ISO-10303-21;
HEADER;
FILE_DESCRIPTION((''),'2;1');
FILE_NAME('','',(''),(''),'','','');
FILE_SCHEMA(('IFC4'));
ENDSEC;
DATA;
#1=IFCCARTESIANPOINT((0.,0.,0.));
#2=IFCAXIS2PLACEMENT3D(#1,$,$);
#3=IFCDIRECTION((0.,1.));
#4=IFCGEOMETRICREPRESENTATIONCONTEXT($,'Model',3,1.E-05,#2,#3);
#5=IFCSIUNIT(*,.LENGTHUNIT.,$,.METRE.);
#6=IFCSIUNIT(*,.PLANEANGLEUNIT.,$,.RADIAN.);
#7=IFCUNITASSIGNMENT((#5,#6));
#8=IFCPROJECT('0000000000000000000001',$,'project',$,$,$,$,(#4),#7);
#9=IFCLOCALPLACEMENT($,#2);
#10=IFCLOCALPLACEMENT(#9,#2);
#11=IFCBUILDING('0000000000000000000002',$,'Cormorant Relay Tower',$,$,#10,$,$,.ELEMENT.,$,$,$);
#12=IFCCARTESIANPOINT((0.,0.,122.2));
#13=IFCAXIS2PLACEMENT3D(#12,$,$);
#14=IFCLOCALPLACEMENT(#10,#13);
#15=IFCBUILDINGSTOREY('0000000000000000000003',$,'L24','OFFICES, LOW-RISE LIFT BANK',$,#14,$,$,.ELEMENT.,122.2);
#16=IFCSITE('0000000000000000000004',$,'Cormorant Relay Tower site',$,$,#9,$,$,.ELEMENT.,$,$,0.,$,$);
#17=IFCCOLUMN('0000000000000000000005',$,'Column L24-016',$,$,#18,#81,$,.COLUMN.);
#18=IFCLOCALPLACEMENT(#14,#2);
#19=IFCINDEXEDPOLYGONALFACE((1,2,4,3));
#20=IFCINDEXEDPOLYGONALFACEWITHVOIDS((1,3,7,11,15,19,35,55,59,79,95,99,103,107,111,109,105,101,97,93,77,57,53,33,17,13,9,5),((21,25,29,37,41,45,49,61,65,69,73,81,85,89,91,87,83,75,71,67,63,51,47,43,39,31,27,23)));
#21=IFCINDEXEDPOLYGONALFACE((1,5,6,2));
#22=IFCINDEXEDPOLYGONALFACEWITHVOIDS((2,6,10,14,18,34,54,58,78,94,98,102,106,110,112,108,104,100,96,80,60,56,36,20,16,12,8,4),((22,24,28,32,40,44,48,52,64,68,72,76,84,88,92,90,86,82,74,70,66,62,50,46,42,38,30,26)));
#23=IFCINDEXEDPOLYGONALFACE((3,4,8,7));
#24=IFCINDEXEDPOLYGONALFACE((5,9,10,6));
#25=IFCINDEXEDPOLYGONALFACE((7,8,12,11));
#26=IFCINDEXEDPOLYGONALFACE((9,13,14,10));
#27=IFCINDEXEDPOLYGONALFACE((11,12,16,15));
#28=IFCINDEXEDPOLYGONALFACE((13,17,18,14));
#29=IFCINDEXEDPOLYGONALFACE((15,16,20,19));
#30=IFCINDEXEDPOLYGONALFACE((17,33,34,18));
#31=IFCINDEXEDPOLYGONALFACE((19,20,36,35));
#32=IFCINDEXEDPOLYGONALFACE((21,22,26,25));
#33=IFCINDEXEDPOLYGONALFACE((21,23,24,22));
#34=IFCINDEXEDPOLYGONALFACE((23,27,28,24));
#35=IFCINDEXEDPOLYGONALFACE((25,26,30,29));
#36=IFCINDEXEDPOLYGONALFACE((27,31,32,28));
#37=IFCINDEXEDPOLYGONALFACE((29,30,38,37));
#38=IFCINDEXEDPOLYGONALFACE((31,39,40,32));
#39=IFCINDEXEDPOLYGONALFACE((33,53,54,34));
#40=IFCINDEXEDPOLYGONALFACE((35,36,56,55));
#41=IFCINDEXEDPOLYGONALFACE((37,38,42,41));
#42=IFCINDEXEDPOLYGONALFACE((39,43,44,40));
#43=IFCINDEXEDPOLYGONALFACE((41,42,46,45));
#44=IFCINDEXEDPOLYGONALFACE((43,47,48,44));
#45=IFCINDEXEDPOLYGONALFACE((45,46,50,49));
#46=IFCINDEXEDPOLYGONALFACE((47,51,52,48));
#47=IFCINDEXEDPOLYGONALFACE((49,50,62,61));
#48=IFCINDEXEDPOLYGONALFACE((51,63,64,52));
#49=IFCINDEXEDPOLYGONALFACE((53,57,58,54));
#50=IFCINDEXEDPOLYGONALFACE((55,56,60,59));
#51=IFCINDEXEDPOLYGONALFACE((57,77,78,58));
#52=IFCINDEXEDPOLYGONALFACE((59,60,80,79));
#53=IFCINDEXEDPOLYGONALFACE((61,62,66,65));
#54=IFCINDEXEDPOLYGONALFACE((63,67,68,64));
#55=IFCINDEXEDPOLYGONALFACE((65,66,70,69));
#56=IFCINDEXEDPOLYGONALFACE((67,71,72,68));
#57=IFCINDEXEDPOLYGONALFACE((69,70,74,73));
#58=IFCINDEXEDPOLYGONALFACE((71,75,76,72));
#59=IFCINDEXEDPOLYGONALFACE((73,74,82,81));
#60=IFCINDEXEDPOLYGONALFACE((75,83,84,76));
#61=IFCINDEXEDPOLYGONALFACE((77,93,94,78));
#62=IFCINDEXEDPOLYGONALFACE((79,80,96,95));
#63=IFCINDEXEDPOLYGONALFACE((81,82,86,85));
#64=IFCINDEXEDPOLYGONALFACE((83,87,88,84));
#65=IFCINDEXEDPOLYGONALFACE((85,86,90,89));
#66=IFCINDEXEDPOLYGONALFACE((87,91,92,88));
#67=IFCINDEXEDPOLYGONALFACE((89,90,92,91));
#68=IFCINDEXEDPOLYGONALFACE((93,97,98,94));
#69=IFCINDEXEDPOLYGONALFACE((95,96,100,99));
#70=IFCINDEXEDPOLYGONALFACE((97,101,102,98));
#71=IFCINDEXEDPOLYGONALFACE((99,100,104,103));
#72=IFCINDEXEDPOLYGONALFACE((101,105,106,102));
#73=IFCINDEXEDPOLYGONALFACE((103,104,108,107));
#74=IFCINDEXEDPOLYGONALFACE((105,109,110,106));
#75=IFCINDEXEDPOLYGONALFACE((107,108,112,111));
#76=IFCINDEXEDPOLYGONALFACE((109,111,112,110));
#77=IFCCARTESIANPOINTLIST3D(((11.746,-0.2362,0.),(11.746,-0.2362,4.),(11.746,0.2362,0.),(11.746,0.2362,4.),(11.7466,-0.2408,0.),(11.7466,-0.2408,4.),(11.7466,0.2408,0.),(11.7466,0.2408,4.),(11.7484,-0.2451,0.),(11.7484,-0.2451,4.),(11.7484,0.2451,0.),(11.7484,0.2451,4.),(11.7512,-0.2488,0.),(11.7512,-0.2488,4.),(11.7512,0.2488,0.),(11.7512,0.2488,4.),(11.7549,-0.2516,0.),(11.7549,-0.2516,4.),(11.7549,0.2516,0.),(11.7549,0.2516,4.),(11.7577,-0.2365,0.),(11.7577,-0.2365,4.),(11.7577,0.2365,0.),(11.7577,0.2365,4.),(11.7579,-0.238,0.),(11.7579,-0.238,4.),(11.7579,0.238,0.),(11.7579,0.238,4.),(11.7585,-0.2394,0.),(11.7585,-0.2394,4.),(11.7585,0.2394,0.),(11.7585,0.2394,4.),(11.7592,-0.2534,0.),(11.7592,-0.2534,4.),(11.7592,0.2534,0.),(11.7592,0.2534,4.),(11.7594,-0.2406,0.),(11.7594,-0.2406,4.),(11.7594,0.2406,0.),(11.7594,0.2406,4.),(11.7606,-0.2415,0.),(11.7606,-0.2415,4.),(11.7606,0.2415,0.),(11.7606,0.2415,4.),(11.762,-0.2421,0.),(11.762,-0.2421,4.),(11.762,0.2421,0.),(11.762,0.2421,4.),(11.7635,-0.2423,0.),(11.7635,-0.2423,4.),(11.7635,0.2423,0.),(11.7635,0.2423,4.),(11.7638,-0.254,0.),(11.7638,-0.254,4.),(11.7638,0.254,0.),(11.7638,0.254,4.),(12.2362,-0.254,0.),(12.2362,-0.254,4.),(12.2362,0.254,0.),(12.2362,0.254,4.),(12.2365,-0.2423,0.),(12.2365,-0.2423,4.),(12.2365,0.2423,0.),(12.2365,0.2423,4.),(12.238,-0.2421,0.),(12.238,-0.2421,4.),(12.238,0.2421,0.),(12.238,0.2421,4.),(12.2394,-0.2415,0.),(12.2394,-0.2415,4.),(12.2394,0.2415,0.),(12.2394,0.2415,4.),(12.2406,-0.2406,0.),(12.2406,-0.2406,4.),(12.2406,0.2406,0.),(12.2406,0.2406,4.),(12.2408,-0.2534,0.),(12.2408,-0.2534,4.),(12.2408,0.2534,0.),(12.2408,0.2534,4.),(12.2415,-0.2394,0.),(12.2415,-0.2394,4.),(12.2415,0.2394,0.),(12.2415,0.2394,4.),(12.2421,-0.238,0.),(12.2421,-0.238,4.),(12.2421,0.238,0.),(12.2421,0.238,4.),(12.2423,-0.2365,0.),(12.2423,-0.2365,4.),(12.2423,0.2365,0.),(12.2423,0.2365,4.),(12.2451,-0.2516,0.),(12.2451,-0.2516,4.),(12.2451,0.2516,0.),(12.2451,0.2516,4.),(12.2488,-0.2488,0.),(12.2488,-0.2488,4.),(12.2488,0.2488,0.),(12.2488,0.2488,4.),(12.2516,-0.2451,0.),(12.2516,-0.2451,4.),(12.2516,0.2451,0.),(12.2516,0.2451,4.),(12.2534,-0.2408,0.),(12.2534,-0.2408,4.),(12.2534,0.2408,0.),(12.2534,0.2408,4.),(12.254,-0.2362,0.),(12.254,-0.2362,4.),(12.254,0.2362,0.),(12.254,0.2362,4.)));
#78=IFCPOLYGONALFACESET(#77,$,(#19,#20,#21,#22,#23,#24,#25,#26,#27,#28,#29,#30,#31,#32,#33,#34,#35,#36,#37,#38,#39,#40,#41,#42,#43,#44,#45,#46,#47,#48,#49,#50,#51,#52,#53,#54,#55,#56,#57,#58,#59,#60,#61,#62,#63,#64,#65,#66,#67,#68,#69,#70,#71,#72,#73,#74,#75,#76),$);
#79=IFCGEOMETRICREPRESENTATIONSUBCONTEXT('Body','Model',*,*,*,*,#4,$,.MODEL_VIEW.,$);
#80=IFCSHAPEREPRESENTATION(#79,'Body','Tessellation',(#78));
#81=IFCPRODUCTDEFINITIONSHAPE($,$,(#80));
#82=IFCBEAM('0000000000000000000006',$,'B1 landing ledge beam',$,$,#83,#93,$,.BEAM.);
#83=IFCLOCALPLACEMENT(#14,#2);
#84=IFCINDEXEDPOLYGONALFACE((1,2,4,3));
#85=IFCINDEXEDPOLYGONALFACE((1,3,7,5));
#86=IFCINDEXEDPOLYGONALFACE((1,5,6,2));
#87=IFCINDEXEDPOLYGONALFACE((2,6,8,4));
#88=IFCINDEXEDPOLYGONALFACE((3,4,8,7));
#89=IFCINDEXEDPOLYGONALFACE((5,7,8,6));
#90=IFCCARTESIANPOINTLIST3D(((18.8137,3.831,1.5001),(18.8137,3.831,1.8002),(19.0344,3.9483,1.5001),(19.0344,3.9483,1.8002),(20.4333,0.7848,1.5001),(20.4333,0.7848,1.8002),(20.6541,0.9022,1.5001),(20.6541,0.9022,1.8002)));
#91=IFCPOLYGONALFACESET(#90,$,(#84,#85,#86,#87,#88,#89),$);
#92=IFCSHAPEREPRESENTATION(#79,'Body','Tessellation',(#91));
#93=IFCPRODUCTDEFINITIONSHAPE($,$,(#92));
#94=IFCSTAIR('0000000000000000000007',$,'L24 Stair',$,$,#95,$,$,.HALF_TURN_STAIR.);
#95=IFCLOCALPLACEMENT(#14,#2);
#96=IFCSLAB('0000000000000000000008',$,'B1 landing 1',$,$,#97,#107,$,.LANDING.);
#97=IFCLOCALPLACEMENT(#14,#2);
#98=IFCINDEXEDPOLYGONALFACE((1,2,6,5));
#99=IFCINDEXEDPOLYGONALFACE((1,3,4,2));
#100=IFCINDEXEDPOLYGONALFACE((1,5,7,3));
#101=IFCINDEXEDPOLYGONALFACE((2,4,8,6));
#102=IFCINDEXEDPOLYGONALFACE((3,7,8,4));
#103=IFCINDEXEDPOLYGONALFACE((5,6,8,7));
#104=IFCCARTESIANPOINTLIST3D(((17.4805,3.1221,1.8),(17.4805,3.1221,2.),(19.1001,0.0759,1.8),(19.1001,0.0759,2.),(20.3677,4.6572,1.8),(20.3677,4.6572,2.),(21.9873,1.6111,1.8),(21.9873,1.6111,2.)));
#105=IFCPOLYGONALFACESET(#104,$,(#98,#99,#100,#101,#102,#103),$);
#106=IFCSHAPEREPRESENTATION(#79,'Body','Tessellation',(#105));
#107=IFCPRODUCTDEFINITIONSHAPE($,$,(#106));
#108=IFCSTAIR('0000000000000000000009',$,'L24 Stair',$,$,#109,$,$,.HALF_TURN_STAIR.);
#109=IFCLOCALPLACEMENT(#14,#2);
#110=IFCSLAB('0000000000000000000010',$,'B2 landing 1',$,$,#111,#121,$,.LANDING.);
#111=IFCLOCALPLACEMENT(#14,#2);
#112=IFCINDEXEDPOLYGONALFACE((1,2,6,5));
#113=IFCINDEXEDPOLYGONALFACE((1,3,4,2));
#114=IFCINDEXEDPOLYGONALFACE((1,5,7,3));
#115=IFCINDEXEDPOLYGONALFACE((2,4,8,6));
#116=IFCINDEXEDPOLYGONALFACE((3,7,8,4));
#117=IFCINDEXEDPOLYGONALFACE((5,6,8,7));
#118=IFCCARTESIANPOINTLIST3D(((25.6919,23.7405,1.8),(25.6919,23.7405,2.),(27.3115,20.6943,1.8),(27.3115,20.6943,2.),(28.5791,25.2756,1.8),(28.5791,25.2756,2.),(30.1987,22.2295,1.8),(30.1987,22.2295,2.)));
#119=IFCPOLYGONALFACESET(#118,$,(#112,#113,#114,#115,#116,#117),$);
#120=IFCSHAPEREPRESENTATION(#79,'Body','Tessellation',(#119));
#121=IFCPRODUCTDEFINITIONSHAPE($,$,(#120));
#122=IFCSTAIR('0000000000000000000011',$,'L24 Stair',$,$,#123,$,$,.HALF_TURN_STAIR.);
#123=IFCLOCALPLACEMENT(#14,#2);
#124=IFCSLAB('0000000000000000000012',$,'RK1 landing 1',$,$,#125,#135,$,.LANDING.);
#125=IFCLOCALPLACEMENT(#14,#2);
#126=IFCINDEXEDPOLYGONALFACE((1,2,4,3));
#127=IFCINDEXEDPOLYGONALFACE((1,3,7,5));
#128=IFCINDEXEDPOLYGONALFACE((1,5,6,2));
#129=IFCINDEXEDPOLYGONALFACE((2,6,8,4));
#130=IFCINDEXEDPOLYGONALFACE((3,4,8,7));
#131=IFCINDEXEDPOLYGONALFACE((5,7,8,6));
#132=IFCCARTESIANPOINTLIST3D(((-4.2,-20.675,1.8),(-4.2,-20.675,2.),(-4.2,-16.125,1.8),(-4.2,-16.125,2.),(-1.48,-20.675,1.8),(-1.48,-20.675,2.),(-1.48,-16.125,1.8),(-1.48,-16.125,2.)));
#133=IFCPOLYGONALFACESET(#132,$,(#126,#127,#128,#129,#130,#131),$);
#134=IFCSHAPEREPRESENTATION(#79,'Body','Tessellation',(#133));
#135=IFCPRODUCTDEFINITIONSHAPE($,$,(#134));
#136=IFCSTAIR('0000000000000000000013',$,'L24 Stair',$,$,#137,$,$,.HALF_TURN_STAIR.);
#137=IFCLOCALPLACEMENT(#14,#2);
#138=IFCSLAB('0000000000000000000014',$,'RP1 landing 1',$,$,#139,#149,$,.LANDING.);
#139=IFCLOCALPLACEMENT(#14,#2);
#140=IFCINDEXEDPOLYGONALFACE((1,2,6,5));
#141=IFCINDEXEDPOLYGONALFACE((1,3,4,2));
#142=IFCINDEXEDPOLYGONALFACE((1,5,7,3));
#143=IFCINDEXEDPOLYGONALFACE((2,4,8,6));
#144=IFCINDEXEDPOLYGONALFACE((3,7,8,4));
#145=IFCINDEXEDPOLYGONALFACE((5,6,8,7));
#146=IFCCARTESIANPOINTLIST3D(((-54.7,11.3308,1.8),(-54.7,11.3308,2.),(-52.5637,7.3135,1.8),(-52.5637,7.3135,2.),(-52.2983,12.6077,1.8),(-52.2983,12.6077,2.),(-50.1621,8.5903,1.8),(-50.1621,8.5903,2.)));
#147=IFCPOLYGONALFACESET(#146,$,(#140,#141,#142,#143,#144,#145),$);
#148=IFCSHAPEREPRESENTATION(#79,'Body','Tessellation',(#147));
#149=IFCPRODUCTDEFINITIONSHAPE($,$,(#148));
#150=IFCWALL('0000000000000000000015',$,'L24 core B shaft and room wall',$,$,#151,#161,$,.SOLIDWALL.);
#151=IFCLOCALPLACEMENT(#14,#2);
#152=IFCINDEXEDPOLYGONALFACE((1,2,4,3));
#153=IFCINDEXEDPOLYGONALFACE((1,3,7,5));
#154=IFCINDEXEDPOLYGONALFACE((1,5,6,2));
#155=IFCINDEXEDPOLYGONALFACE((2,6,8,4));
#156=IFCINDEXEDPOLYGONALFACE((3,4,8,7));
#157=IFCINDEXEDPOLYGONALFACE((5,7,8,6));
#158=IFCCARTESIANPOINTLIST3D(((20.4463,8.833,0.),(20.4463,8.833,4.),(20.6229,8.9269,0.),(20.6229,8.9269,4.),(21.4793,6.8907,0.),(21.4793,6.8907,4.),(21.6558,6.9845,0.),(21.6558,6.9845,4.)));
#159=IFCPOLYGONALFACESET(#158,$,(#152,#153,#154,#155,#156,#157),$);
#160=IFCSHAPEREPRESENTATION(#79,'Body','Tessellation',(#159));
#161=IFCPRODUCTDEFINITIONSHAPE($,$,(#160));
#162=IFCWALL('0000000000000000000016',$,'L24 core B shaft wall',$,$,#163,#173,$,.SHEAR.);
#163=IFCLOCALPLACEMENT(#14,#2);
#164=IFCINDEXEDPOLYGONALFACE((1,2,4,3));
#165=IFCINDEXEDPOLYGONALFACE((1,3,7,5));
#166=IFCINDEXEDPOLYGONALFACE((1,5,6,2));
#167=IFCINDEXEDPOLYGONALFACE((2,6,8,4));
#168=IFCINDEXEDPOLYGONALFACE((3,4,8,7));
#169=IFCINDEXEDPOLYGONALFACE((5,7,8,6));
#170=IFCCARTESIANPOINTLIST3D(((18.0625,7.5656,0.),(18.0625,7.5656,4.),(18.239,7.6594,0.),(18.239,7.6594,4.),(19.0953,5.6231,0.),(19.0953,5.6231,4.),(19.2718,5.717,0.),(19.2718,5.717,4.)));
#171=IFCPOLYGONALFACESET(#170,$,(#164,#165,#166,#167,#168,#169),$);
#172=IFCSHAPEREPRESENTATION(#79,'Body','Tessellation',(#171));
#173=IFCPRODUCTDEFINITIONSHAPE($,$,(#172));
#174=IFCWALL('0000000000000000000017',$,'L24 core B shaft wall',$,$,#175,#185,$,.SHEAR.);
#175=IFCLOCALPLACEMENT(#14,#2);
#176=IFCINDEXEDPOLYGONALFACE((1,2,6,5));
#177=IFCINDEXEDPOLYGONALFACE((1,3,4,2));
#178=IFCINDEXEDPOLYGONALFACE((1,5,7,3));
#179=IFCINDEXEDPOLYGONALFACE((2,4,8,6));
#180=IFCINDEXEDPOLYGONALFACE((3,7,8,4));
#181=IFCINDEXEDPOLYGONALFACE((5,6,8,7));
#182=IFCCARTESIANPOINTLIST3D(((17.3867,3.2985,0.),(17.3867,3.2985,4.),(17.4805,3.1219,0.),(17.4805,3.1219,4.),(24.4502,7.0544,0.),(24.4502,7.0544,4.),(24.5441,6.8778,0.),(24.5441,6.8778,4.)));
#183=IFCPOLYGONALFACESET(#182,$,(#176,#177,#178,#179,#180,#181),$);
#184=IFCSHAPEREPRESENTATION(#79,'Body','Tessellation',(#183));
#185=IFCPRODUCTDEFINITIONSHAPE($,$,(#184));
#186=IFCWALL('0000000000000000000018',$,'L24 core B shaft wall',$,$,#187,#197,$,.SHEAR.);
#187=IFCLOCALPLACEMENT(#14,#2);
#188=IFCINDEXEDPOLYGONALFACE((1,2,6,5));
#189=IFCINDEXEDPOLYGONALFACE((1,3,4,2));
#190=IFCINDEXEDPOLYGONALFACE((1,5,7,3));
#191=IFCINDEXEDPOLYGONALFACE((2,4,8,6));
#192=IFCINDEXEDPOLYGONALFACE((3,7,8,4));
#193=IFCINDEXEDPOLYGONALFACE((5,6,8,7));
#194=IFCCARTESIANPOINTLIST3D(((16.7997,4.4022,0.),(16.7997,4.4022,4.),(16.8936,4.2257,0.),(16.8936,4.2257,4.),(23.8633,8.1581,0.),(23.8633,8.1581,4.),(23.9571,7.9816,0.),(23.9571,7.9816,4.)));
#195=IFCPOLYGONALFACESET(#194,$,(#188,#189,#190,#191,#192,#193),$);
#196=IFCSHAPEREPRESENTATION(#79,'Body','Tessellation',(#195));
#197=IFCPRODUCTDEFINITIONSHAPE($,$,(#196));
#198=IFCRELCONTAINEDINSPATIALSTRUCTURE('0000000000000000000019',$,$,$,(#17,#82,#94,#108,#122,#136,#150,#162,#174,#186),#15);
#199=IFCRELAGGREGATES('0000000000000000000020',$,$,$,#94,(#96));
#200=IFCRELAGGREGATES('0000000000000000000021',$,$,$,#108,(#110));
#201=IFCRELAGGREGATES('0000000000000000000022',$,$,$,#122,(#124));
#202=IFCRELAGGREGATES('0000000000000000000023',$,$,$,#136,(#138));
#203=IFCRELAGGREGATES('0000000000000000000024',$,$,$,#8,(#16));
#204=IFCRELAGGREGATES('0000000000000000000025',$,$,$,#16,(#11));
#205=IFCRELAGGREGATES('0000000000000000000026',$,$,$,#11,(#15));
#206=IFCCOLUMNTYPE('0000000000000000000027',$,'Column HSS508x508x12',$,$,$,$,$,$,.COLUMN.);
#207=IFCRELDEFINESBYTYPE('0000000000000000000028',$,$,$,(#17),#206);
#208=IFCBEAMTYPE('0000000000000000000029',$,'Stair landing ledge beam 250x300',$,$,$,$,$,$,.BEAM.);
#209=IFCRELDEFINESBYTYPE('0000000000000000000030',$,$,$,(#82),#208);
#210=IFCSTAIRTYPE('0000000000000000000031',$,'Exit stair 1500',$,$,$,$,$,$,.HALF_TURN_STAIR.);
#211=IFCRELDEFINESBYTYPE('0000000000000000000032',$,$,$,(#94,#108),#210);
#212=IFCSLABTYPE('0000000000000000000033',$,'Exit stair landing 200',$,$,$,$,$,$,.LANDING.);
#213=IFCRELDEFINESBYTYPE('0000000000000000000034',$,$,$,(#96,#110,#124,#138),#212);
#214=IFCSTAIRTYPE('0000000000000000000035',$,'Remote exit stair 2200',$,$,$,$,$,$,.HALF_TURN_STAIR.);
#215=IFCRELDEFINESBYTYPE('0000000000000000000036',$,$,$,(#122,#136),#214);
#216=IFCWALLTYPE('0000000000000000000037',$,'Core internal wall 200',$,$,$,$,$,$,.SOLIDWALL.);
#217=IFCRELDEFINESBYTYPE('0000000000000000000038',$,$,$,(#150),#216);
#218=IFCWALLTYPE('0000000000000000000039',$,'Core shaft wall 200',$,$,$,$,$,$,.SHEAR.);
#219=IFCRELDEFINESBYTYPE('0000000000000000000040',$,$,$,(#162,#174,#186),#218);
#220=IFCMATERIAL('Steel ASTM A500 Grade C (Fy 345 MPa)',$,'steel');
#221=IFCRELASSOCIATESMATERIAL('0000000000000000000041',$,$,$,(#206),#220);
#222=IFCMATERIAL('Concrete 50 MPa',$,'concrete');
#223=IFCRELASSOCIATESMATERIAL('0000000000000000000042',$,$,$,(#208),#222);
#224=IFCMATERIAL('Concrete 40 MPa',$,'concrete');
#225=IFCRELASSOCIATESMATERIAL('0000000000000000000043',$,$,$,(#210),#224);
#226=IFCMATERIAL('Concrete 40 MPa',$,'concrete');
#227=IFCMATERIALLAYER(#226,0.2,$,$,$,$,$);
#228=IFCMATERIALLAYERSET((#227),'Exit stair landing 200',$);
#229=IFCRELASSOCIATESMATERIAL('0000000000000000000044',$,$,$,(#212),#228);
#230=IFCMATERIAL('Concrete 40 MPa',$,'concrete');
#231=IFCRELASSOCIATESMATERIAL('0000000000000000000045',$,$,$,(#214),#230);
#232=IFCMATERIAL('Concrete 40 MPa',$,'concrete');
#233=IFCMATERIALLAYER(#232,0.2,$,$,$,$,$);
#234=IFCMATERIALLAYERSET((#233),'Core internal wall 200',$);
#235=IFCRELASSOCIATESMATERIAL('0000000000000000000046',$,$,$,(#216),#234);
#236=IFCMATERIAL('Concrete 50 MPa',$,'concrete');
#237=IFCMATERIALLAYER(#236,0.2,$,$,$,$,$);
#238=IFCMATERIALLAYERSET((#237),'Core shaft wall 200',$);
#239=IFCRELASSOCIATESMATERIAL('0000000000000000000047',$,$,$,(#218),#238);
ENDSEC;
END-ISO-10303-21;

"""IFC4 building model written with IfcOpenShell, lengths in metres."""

from ifc_helpers import new_model, si_unit, direction, frame, frame_2d, origin, origin_2d, place, context, subcontext, project, spatial, polyline, rectangle, hollow_rectangle, outline, extrude, material, layer, layer_set, material_profile, profile_set, type_object, element, aggregate, save


model = new_model("IFC4")

# Units and contexts
model_context = context("Model", 3, precision=1e-05, world=origin(), true_north=direction((0.0, 1.0)))
body_context = subcontext(model_context, "Body", "Model", "MODEL_VIEW")
ifc_project = project(units=[si_unit("LENGTHUNIT", "METRE"), si_unit("PLANEANGLEUNIT", "RADIAN")], contexts=[model_context])

# Site, building, storey
site_placement = place(None, origin())
site = spatial("IfcSite", under=ifc_project, at=site_placement, Name="Cormorant Relay Tower site", CompositionType="ELEMENT", RefElevation=0.0)
building_placement = place(site_placement, origin())
building = spatial("IfcBuilding", under=site, at=building_placement, Name="Cormorant Relay Tower", CompositionType="ELEMENT")
storey_placement = place(building_placement, frame((0.0, 0.0, 122.2)))
storey = spatial("IfcBuildingStorey", under=building, at=storey_placement, Name="L24", Description="OFFICES, LOW-RISE LIFT BANK", CompositionType="ELEMENT", Elevation=122.2)

# Column
ifc_material_1 = material(Name="Steel ASTM A500 Grade C (Fy 345 MPa)", Category="steel")
ifc_material_profile_1 = material_profile(ifc_material_1, hollow_rectangle(XDim=0.5081, YDim=0.5081, WallThickness=0.0117, InnerFilletRadius=0.0059, OuterFilletRadius=0.0178, at=origin_2d()), Name="HSS508x508x12")
ifc_profile_set_1 = profile_set([ifc_material_profile_1], Name="Steel ASTM A500 Grade C (Fy 345 MPa)")
column_type = type_object("IfcColumnType", Name="Column HSS508x508x12", PredefinedType="COLUMN", material=ifc_profile_set_1)
column_placement = place(storey_placement, frame((12.0, 0.0, 0.0), z_axis=(0.0, 0.0, 1.0), x_axis=(1.0, 0.0, 0.0)))
element("IfcColumn", 1, at=column_placement, inside=storey, type_object=column_type, Name="Column L24-016", PredefinedType="COLUMN", context=body_context, shape_type="SweptSolid", body=[
    extrude(hollow_rectangle(XDim=0.5081, YDim=0.5081, WallThickness=0.0117, InnerFilletRadius=0.0059, OuterFilletRadius=0.0178, at=origin_2d()), origin(), (0.0, 0.0, 1.0), 4.0),
])

# Beam
ifc_material_2 = material(Name="Concrete 50 MPa", Category="concrete")
ifc_material_profile_2 = material_profile(ifc_material_2, rectangle(XDim=0.25, YDim=0.3, at=origin_2d()), Name="RC 250x300")
ifc_profile_set_2 = profile_set([ifc_material_profile_2], Name="Concrete 50 MPa")
beam_type = type_object("IfcBeamType", Name="Stair landing ledge beam 250x300", PredefinedType="BEAM", material=ifc_profile_set_2)
beam_placement = place(storey_placement, frame((18.9241, 3.8896, 1.6501), z_axis=(0.469464, -0.882952, 0.0), x_axis=(0.882952, 0.469464, 0.0)))
element("IfcBeam", 2, at=beam_placement, inside=storey, type_object=beam_type, Name="B1 landing ledge beam", PredefinedType="BEAM", context=body_context, shape_type="SweptSolid", body=[
    extrude(rectangle(XDim=0.25, YDim=0.3, at=origin_2d()), origin(), (0.0, 0.0, 1.0), 3.45),
])

# Stairs, slabs
ifc_material_3 = material(Name="Concrete 40 MPa", Category="concrete")
stair_type_1 = type_object("IfcStairType", Name="Exit stair 1500", PredefinedType="HALF_TURN_STAIR", material=ifc_material_3)
stair_1_placement = place(storey_placement, origin())
stair_1 = element("IfcStair", 3, at=stair_1_placement, inside=storey, type_object=stair_type_1, Name="L24 Stair", PredefinedType="HALF_TURN_STAIR")
ifc_material_4 = material(Name="Concrete 40 MPa", Category="concrete")
ifc_layer_1 = layer(ifc_material_4, 0.2)
ifc_layer_set_1 = layer_set([ifc_layer_1], Name="Exit stair landing 200")
slab_type = type_object("IfcSlabType", Name="Exit stair landing 200", PredefinedType="LANDING", material=ifc_layer_set_1)
slab_1_placement = place(storey_placement, frame((0.0, 0.0, 1.8)))
slab_1 = element("IfcSlab", 4, at=slab_1_placement, type_object=slab_type, Name="B1 landing 1", PredefinedType="LANDING", context=body_context, shape_type="SweptSolid", body=[
    extrude(outline(polyline([(20.3677, 4.6572), (17.4805, 3.1221), (19.1001, 0.0759), (21.9873, 1.6111), (20.3677, 4.6572)])), origin(), (0.0, 0.0, 1.0), 0.2),
])
aggregate(stair_1, [slab_1])
stair_2_placement = place(storey_placement, origin())
stair_2 = element("IfcStair", 5, at=stair_2_placement, inside=storey, type_object=stair_type_1, Name="L24 Stair", PredefinedType="HALF_TURN_STAIR")
slab_2_placement = place(storey_placement, frame((0.0, 0.0, 1.8)))
slab_2 = element("IfcSlab", 6, at=slab_2_placement, type_object=slab_type, Name="B2 landing 1", PredefinedType="LANDING", context=body_context, shape_type="SweptSolid", body=[
    extrude(outline(polyline([(27.3115, 20.6943), (30.1987, 22.2295), (28.5791, 25.2756), (25.6919, 23.7405), (27.3115, 20.6943)])), origin(), (0.0, 0.0, 1.0), 0.2),
])
aggregate(stair_2, [slab_2])
ifc_material_5 = material(Name="Concrete 40 MPa", Category="concrete")
stair_type_2 = type_object("IfcStairType", Name="Remote exit stair 2200", PredefinedType="HALF_TURN_STAIR", material=ifc_material_5)
stair_3_placement = place(storey_placement, origin())
stair_3 = element("IfcStair", 7, at=stair_3_placement, inside=storey, type_object=stair_type_2, Name="L24 Stair", PredefinedType="HALF_TURN_STAIR")
slab_3_placement = place(storey_placement, frame((0.0, 0.0, 1.8)))
slab_3 = element("IfcSlab", 8, at=slab_3_placement, type_object=slab_type, Name="RK1 landing 1", PredefinedType="LANDING", context=body_context, shape_type="SweptSolid", body=[
    extrude(outline(polyline([(-1.48, -16.125), (-4.2, -16.125), (-4.2, -20.675), (-1.48, -20.675), (-1.48, -16.125)])), origin(), (0.0, 0.0, 1.0), 0.2),
])
aggregate(stair_3, [slab_3])
stair_4_placement = place(storey_placement, origin())
stair_4 = element("IfcStair", 9, at=stair_4_placement, inside=storey, type_object=stair_type_2, Name="L24 Stair", PredefinedType="HALF_TURN_STAIR")
slab_4_placement = place(storey_placement, frame((0.0, 0.0, 1.8)))
slab_4 = element("IfcSlab", 10, at=slab_4_placement, type_object=slab_type, Name="RP1 landing 1", PredefinedType="LANDING", context=body_context, shape_type="SweptSolid", body=[
    extrude(outline(polyline([(-52.2983, 12.6077), (-54.7, 11.3308), (-52.5637, 7.3135), (-50.1621, 8.5903), (-52.2983, 12.6077)])), origin(), (0.0, 0.0, 1.0), 0.2),
])
aggregate(stair_4, [slab_4])

# Walls
ifc_material_6 = material(Name="Concrete 40 MPa", Category="concrete")
ifc_layer_2 = layer(ifc_material_6, 0.2)
ifc_layer_set_2 = layer_set([ifc_layer_2], Name="Core internal wall 200")
wall_type_1 = type_object("IfcWallType", Name="Core internal wall 200", PredefinedType="SOLIDWALL", material=ifc_layer_set_2)
wall_1_placement = place(storey_placement, frame((21.5676, 6.9375, 0.0), z_axis=(0.0, 0.0, 1.0), x_axis=(-0.469534, 0.882914, 0.0)))
element("IfcWall", 11, at=wall_1_placement, inside=storey, type_object=wall_type_1, Name="L24 core B shaft and room wall", PredefinedType="SOLIDWALL", context=body_context, shape_type="SweptSolid", body=[
    extrude(rectangle(XDim=2.2, YDim=0.2, at=frame_2d((1.1001, 0.0))), origin(), (0.0, 0.0, 1.0), 4.0),
])
ifc_material_7 = material(Name="Concrete 50 MPa", Category="concrete")
ifc_layer_3 = layer(ifc_material_7, 0.2)
ifc_layer_set_3 = layer_set([ifc_layer_3], Name="Core shaft wall 200")
wall_type_2 = type_object("IfcWallType", Name="Core shaft wall 200", PredefinedType="SHEAR", material=ifc_layer_set_3)
wall_2_placement = place(storey_placement, frame((19.1836, 5.6699, 0.0), z_axis=(0.0, 0.0, 1.0), x_axis=(-0.469447, 0.88296, 0.0)))
element("IfcWall", 12, at=wall_2_placement, inside=storey, type_object=wall_type_2, Name="L24 core B shaft wall", PredefinedType="SHEAR", context=body_context, shape_type="SweptSolid", body=[
    extrude(rectangle(XDim=2.2, YDim=0.2, at=frame_2d((1.1001, 0.0))), origin(), (0.0, 0.0, 1.0), 4.0),
])
for number, where, z_axis, x_axis, name in (
    (13, (17.4336, 3.2102, 0.0), (0.0, 0.0, 1.0), (0.88294, 0.469485, 0.0), "L24 core B shaft wall"),
    (14, (16.8467, 4.314, 0.0), (0.0, 0.0, 1.0), (0.88294, 0.469485, 0.0), "L24 core B shaft wall"),
):
    element("IfcWall", number, at=place(storey_placement, frame(where, z_axis=z_axis, x_axis=x_axis)), inside=storey, type_object=wall_type_2, Name=name, PredefinedType="SHEAR", context=body_context, shape_type="SweptSolid", body=[
        extrude(rectangle(XDim=8.0, YDim=0.2, at=frame_2d((4.0, 0.0))), origin(), (0.0, 0.0, 1.0), 4.0),
    ])

save(model, "model.ifc")
